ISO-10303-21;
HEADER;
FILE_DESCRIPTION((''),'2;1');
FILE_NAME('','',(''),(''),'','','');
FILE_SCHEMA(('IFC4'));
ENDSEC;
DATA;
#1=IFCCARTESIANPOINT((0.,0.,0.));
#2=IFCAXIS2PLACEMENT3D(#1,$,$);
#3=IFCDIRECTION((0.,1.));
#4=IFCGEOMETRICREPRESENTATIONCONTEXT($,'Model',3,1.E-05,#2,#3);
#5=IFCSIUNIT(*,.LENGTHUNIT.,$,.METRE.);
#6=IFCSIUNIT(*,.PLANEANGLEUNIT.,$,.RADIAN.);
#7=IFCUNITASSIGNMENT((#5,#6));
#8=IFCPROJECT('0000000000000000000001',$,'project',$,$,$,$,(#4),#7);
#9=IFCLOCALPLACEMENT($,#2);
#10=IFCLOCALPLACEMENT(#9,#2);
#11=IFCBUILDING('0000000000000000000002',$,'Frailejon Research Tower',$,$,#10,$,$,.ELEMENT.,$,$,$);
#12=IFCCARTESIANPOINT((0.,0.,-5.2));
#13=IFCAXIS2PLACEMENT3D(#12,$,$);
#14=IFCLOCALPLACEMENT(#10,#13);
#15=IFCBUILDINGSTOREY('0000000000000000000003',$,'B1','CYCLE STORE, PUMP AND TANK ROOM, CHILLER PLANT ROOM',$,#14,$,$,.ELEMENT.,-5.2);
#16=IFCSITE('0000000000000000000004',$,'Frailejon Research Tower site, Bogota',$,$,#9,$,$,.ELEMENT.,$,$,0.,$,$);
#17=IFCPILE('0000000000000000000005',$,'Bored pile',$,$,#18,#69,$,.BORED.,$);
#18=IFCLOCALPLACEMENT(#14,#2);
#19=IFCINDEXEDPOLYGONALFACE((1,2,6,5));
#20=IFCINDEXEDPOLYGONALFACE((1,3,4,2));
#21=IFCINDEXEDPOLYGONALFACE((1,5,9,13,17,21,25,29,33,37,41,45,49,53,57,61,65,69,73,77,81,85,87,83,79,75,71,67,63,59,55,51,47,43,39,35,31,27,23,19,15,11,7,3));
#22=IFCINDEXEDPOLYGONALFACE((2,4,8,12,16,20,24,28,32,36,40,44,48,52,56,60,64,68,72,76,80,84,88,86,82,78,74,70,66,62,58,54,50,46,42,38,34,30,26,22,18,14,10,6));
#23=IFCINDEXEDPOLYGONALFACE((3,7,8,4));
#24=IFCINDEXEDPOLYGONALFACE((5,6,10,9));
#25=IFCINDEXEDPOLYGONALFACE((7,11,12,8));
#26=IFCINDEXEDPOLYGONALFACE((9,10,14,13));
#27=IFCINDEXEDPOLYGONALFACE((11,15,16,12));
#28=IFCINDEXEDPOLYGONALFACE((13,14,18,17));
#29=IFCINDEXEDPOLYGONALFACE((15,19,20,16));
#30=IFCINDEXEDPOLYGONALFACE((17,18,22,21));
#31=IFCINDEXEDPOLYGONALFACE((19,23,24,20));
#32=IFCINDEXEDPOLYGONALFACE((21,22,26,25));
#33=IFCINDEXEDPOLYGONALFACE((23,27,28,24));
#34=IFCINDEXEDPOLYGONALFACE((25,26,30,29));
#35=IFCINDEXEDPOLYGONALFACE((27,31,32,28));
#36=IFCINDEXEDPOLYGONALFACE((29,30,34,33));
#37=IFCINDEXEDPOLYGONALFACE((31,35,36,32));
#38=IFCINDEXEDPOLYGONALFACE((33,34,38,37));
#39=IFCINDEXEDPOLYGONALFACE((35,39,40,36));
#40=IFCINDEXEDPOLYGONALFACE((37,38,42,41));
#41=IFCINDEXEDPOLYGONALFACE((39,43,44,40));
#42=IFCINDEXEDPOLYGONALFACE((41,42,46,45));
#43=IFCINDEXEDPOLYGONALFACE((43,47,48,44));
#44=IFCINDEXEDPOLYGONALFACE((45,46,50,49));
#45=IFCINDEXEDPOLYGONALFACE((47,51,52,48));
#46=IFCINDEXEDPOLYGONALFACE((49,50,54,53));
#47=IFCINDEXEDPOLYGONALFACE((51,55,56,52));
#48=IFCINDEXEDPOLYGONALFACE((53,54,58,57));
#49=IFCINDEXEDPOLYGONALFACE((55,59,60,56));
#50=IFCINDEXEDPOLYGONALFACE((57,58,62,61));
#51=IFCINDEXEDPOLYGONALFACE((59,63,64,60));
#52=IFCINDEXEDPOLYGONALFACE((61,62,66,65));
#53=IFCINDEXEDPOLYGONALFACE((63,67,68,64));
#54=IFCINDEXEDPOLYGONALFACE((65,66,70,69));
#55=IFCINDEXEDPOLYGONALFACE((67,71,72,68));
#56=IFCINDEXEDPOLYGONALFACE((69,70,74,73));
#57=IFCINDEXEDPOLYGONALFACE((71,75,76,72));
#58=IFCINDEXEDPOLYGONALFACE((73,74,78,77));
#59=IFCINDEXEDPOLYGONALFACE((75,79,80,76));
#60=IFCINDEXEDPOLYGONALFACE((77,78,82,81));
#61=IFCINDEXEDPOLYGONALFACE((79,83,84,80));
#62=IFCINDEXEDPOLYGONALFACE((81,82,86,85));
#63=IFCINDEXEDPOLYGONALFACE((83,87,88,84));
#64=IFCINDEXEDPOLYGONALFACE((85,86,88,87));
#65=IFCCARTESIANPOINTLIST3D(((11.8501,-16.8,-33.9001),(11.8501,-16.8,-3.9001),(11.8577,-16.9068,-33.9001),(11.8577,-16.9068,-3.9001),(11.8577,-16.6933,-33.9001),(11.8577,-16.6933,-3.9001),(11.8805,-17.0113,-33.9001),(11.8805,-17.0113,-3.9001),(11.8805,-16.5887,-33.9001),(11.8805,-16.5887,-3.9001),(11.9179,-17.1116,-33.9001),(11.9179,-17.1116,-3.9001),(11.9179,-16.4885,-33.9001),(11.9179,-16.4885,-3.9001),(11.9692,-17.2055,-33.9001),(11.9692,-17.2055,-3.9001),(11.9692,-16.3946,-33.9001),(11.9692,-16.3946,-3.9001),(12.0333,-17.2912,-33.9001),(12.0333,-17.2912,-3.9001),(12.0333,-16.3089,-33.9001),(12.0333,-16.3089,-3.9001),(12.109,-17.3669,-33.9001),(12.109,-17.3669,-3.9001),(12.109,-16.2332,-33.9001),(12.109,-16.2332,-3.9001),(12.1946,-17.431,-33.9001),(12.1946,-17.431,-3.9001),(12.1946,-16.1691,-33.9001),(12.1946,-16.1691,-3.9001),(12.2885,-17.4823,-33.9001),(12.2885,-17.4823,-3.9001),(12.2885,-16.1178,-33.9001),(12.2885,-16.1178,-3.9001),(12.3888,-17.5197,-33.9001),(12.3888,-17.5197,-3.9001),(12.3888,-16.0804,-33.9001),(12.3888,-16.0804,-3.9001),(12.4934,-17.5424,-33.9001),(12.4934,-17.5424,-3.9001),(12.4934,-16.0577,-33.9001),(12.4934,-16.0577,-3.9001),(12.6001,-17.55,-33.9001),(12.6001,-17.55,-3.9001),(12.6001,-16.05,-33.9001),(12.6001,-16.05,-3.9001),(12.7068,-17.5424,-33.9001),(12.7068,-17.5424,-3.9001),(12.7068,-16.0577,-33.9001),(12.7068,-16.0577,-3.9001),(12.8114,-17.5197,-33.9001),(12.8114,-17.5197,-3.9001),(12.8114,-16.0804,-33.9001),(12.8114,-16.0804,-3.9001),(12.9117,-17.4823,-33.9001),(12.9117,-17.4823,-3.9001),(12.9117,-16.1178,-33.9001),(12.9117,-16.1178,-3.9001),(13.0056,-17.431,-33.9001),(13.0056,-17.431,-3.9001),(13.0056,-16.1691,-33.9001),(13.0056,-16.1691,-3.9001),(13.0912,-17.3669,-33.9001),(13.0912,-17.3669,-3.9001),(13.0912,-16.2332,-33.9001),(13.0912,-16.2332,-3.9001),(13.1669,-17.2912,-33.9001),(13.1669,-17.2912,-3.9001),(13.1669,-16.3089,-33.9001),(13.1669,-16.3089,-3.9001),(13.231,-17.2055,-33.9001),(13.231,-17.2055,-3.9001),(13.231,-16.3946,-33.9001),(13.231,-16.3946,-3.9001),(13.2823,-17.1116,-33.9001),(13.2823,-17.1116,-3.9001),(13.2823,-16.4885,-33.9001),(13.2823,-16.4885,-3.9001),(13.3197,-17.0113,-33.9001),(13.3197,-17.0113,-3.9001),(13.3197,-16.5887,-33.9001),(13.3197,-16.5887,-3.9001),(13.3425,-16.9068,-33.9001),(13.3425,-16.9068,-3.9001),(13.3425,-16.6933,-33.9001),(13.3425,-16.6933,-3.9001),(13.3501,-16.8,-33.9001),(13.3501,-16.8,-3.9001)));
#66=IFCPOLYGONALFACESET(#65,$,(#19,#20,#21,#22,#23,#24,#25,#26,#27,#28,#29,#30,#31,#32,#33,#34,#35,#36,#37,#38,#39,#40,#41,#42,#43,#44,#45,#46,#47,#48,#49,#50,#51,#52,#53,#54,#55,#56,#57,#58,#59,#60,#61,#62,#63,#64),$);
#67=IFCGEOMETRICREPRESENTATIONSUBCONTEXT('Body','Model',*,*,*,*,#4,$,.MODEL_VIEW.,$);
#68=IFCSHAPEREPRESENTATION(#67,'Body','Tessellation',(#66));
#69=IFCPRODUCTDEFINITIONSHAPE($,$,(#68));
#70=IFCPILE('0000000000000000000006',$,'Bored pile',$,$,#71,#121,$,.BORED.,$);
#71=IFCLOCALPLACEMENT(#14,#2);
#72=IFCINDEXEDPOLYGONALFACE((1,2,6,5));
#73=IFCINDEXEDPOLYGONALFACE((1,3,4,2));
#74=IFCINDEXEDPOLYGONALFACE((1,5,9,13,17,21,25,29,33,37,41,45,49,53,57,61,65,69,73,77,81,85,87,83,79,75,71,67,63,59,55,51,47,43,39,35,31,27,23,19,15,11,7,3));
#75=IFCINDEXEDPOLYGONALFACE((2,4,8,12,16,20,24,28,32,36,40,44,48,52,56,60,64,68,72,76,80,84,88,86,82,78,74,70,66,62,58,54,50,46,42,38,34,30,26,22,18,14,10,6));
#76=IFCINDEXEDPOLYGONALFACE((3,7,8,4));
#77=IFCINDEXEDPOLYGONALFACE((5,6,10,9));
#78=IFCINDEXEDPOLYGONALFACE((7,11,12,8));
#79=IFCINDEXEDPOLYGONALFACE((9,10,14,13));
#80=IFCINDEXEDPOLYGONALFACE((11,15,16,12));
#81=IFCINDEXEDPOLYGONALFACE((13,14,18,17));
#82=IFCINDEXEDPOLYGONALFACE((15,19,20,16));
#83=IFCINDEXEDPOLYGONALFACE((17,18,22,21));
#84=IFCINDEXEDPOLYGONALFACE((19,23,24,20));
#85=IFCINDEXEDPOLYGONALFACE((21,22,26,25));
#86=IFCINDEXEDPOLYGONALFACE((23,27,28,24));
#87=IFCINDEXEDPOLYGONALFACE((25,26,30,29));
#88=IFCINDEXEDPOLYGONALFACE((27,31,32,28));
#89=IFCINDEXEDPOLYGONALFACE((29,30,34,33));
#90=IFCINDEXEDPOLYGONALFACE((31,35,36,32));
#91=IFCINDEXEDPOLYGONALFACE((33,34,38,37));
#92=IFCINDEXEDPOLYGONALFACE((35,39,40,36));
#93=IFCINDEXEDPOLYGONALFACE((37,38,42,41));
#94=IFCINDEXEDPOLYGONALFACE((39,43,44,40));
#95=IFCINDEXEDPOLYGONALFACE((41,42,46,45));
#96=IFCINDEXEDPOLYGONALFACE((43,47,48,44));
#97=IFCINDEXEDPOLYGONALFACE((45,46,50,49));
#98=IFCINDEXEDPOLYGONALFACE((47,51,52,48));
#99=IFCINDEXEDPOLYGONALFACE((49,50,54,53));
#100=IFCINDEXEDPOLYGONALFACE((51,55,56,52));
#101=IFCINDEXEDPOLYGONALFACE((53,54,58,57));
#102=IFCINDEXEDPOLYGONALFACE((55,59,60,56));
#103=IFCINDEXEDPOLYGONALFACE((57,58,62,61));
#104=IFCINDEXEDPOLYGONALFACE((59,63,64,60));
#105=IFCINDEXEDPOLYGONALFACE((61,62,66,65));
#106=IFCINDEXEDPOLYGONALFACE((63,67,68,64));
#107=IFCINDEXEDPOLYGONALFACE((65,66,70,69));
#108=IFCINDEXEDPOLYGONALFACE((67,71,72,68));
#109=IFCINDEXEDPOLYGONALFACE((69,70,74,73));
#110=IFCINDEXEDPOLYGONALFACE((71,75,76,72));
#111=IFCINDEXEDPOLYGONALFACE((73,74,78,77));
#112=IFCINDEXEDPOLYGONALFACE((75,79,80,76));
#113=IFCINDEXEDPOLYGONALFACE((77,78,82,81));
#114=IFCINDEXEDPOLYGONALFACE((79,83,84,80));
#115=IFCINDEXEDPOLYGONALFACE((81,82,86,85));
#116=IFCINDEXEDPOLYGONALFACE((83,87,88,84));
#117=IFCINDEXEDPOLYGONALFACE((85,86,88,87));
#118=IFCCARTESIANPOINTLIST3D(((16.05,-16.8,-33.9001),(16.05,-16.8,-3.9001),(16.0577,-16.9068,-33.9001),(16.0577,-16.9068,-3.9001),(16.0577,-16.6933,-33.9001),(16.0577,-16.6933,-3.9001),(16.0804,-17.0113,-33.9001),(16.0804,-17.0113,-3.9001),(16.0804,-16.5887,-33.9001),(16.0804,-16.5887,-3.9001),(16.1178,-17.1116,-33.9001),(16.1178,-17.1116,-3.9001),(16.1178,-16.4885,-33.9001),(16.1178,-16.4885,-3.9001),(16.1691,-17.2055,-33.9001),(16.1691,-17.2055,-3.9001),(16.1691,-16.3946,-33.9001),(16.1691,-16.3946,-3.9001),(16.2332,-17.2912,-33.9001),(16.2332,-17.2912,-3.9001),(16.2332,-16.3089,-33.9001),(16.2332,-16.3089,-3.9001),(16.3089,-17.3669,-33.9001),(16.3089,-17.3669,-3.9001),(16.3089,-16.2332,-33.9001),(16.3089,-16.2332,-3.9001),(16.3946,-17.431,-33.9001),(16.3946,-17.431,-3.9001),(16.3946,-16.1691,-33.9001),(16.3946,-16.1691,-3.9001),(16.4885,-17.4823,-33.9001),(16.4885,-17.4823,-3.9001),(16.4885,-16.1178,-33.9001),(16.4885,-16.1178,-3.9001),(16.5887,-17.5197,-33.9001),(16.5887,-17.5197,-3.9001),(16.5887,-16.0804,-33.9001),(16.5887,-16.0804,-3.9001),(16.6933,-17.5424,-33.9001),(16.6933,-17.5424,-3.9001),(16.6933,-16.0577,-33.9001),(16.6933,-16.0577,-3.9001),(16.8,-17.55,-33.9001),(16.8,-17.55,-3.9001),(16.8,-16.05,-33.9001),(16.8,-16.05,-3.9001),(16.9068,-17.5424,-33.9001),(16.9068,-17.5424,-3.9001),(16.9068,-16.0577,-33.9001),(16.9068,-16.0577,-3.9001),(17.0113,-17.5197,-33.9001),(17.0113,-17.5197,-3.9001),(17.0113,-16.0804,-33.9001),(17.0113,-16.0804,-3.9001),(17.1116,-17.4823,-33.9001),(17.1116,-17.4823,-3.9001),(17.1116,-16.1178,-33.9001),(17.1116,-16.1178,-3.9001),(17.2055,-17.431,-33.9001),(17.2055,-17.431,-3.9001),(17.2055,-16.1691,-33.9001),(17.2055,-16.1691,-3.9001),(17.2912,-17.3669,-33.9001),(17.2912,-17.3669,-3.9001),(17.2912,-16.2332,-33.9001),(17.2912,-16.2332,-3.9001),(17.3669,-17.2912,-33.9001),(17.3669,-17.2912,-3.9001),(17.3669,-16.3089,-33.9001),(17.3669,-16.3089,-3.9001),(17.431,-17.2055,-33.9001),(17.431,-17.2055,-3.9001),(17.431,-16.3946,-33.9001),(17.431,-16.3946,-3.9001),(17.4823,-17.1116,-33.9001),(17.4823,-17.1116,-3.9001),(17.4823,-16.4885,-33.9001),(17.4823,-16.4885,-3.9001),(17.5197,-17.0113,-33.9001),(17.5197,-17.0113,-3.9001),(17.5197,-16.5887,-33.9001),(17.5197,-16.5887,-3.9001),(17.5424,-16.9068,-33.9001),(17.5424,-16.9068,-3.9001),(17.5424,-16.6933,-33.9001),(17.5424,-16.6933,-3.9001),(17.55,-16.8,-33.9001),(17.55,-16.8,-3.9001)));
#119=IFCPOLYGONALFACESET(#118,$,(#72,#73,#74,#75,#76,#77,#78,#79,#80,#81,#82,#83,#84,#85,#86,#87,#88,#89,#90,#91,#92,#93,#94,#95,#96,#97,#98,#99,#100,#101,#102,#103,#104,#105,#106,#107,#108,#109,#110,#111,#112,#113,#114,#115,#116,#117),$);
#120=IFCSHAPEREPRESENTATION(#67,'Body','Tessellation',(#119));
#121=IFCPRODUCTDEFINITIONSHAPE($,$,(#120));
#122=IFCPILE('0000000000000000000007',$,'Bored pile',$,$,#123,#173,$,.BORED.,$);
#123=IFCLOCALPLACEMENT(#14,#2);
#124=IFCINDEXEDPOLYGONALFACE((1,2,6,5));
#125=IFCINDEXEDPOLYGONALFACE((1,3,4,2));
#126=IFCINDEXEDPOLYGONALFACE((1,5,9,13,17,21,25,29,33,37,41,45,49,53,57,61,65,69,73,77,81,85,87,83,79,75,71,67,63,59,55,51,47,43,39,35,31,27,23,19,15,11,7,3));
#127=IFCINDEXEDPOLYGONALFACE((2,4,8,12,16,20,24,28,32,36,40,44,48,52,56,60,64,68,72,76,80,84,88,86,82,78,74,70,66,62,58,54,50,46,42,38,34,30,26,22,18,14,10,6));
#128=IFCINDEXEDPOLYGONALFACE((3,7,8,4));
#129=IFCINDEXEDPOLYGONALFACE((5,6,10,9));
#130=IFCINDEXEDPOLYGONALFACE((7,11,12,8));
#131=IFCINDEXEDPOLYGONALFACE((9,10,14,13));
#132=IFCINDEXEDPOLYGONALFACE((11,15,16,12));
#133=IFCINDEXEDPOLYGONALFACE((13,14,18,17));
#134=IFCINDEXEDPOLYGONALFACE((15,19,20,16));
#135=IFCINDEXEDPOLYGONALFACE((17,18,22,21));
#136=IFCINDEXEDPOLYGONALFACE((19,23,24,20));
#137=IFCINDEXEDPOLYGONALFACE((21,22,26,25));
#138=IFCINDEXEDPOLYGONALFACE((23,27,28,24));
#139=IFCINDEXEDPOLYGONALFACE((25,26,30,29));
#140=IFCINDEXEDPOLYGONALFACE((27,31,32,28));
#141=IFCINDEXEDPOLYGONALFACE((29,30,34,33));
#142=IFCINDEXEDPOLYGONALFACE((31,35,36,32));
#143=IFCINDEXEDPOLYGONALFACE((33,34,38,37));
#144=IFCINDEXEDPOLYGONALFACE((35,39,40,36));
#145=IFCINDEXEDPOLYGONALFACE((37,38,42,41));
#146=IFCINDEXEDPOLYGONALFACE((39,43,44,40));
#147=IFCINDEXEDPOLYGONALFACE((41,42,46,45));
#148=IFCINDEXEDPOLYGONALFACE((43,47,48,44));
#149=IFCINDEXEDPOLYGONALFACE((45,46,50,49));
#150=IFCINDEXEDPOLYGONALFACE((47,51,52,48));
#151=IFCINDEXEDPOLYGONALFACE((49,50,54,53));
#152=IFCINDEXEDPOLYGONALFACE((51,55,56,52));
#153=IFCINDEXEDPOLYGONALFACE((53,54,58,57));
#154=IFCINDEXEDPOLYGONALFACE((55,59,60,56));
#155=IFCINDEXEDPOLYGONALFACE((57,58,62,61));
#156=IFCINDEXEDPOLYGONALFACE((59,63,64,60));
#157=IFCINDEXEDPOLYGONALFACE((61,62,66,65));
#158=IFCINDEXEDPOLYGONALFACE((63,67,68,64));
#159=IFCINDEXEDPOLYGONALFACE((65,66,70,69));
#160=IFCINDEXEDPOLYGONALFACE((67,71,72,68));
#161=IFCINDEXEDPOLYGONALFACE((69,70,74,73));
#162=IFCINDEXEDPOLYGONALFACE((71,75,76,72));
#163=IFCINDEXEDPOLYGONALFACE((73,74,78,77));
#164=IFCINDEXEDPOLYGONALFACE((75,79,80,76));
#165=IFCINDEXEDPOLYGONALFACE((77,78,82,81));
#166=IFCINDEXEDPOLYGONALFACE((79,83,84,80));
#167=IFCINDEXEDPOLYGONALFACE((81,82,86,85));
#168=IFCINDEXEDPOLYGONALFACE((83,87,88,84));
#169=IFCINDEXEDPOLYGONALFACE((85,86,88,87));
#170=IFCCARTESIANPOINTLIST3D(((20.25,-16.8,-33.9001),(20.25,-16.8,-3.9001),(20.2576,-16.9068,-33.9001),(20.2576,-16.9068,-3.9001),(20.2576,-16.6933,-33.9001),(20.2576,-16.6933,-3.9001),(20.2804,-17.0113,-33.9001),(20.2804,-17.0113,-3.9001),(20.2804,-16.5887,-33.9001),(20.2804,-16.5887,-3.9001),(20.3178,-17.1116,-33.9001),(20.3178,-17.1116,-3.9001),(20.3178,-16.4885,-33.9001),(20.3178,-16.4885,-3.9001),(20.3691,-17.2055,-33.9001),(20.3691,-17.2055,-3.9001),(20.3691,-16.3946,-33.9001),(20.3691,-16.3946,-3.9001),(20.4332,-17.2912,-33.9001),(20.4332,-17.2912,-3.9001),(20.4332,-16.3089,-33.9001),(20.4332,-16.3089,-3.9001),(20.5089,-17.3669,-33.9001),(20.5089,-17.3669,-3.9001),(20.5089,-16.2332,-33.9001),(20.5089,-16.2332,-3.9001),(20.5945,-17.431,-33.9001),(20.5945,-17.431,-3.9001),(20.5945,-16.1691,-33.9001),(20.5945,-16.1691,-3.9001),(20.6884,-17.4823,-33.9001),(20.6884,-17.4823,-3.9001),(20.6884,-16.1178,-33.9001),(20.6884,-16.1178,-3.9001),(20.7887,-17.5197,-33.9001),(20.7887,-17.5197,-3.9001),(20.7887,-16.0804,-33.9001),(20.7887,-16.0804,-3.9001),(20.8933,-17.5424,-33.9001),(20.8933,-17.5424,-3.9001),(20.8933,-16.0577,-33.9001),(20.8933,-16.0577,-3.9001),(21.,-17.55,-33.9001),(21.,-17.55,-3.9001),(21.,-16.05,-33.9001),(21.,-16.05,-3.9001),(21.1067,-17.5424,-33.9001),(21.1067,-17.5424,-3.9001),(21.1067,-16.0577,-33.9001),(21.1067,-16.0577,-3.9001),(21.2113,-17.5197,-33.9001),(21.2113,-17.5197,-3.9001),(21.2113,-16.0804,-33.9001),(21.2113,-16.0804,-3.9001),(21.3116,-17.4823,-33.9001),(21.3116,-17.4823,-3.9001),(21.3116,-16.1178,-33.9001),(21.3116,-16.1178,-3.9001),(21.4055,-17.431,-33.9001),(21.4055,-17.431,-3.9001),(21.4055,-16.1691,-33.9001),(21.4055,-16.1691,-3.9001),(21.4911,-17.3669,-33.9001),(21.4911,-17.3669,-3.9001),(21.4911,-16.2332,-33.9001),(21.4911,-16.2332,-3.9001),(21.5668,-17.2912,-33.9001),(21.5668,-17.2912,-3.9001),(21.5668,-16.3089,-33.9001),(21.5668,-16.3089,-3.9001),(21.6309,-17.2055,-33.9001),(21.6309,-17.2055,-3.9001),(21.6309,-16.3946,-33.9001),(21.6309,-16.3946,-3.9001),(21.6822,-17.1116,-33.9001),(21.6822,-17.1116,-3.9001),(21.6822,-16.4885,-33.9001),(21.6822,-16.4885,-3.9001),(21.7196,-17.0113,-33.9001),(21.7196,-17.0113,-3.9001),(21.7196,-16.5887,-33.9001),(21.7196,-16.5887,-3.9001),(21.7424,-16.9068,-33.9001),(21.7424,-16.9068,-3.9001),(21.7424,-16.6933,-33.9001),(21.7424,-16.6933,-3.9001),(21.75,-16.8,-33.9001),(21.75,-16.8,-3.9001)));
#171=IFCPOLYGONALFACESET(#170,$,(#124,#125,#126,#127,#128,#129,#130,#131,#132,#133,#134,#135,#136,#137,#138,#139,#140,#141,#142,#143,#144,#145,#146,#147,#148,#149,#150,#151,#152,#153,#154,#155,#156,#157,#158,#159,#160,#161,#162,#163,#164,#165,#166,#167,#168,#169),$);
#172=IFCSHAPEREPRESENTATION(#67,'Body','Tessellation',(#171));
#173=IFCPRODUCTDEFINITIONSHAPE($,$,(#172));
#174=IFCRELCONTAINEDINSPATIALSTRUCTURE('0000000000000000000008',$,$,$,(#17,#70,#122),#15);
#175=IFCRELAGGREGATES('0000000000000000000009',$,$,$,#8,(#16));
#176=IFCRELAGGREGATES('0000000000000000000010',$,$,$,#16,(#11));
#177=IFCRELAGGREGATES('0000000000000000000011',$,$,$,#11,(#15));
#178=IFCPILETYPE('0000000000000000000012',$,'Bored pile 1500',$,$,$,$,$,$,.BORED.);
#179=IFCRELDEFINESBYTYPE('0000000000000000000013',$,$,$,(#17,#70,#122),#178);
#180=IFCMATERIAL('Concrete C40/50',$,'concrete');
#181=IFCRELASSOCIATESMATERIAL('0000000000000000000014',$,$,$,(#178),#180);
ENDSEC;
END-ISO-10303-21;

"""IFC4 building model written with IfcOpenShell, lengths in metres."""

from ifc_helpers import new_model, si_unit, direction, frame, origin, origin_2d, place, context, subcontext, project, spatial, circle, extrude, material, material_profile, profile_set, type_object, element, save


model = new_model("IFC4")

# Units and contexts
model_context = context("Model", 3, precision=1e-05, world=origin(), true_north=direction((0.0, 1.0)))
body_context = subcontext(model_context, "Body", "Model", "MODEL_VIEW")
ifc_project = project(units=[si_unit("LENGTHUNIT", "METRE"), si_unit("PLANEANGLEUNIT", "RADIAN")], contexts=[model_context])

# Site, building, storey
site_placement = place(None, origin())
site = spatial("IfcSite", under=ifc_project, at=site_placement, Name="Frailejon Research Tower site, Bogota", CompositionType="ELEMENT", RefElevation=0.0)
building_placement = place(site_placement, origin())
building = spatial("IfcBuilding", under=site, at=building_placement, Name="Frailejon Research Tower", CompositionType="ELEMENT")
storey_placement = place(building_placement, frame((0.0, 0.0, -5.2)))
storey = spatial("IfcBuildingStorey", under=building, at=storey_placement, Name="B1", Description="CYCLE STORE, PUMP AND TANK ROOM, CHILLER PLANT ROOM", CompositionType="ELEMENT", Elevation=-5.2)

# Piles
ifc_material_1 = material(Name="Concrete C40/50", Category="concrete")
ifc_material_profile_1 = material_profile(ifc_material_1, circle(Radius=0.75, at=origin_2d()), Name="Bored pile 1500")
ifc_profile_set_1 = profile_set([ifc_material_profile_1], Name="Concrete C40/50")
pile_type = type_object("IfcPileType", Name="Bored pile 1500", PredefinedType="BORED", material=ifc_profile_set_1)
for number, where, z_axis, x_axis, name in (
    (1, (12.6001, -16.8, -3.9001), (0.0, 0.0, -1.0), (1.0, 0.0, 0.0), "Bored pile"),
    (2, (16.8, -16.8, -3.9001), (0.0, 0.0, -1.0), (1.0, 0.0, 0.0), "Bored pile"),
    (3, (21.0, -16.8, -3.9001), (0.0, 0.0, -1.0), (1.0, 0.0, 0.0), "Bored pile"),
):
    element("IfcPile", number, at=place(storey_placement, frame(where, z_axis=z_axis, x_axis=x_axis)), inside=storey, type_object=pile_type, Name=name, PredefinedType="BORED", context=body_context, shape_type="SweptSolid", body=[
        extrude(circle(Radius=0.75, at=origin_2d()), origin(), (0.0, 0.0, 1.0), 30.0),
    ])

save(model, "model.ifc")
